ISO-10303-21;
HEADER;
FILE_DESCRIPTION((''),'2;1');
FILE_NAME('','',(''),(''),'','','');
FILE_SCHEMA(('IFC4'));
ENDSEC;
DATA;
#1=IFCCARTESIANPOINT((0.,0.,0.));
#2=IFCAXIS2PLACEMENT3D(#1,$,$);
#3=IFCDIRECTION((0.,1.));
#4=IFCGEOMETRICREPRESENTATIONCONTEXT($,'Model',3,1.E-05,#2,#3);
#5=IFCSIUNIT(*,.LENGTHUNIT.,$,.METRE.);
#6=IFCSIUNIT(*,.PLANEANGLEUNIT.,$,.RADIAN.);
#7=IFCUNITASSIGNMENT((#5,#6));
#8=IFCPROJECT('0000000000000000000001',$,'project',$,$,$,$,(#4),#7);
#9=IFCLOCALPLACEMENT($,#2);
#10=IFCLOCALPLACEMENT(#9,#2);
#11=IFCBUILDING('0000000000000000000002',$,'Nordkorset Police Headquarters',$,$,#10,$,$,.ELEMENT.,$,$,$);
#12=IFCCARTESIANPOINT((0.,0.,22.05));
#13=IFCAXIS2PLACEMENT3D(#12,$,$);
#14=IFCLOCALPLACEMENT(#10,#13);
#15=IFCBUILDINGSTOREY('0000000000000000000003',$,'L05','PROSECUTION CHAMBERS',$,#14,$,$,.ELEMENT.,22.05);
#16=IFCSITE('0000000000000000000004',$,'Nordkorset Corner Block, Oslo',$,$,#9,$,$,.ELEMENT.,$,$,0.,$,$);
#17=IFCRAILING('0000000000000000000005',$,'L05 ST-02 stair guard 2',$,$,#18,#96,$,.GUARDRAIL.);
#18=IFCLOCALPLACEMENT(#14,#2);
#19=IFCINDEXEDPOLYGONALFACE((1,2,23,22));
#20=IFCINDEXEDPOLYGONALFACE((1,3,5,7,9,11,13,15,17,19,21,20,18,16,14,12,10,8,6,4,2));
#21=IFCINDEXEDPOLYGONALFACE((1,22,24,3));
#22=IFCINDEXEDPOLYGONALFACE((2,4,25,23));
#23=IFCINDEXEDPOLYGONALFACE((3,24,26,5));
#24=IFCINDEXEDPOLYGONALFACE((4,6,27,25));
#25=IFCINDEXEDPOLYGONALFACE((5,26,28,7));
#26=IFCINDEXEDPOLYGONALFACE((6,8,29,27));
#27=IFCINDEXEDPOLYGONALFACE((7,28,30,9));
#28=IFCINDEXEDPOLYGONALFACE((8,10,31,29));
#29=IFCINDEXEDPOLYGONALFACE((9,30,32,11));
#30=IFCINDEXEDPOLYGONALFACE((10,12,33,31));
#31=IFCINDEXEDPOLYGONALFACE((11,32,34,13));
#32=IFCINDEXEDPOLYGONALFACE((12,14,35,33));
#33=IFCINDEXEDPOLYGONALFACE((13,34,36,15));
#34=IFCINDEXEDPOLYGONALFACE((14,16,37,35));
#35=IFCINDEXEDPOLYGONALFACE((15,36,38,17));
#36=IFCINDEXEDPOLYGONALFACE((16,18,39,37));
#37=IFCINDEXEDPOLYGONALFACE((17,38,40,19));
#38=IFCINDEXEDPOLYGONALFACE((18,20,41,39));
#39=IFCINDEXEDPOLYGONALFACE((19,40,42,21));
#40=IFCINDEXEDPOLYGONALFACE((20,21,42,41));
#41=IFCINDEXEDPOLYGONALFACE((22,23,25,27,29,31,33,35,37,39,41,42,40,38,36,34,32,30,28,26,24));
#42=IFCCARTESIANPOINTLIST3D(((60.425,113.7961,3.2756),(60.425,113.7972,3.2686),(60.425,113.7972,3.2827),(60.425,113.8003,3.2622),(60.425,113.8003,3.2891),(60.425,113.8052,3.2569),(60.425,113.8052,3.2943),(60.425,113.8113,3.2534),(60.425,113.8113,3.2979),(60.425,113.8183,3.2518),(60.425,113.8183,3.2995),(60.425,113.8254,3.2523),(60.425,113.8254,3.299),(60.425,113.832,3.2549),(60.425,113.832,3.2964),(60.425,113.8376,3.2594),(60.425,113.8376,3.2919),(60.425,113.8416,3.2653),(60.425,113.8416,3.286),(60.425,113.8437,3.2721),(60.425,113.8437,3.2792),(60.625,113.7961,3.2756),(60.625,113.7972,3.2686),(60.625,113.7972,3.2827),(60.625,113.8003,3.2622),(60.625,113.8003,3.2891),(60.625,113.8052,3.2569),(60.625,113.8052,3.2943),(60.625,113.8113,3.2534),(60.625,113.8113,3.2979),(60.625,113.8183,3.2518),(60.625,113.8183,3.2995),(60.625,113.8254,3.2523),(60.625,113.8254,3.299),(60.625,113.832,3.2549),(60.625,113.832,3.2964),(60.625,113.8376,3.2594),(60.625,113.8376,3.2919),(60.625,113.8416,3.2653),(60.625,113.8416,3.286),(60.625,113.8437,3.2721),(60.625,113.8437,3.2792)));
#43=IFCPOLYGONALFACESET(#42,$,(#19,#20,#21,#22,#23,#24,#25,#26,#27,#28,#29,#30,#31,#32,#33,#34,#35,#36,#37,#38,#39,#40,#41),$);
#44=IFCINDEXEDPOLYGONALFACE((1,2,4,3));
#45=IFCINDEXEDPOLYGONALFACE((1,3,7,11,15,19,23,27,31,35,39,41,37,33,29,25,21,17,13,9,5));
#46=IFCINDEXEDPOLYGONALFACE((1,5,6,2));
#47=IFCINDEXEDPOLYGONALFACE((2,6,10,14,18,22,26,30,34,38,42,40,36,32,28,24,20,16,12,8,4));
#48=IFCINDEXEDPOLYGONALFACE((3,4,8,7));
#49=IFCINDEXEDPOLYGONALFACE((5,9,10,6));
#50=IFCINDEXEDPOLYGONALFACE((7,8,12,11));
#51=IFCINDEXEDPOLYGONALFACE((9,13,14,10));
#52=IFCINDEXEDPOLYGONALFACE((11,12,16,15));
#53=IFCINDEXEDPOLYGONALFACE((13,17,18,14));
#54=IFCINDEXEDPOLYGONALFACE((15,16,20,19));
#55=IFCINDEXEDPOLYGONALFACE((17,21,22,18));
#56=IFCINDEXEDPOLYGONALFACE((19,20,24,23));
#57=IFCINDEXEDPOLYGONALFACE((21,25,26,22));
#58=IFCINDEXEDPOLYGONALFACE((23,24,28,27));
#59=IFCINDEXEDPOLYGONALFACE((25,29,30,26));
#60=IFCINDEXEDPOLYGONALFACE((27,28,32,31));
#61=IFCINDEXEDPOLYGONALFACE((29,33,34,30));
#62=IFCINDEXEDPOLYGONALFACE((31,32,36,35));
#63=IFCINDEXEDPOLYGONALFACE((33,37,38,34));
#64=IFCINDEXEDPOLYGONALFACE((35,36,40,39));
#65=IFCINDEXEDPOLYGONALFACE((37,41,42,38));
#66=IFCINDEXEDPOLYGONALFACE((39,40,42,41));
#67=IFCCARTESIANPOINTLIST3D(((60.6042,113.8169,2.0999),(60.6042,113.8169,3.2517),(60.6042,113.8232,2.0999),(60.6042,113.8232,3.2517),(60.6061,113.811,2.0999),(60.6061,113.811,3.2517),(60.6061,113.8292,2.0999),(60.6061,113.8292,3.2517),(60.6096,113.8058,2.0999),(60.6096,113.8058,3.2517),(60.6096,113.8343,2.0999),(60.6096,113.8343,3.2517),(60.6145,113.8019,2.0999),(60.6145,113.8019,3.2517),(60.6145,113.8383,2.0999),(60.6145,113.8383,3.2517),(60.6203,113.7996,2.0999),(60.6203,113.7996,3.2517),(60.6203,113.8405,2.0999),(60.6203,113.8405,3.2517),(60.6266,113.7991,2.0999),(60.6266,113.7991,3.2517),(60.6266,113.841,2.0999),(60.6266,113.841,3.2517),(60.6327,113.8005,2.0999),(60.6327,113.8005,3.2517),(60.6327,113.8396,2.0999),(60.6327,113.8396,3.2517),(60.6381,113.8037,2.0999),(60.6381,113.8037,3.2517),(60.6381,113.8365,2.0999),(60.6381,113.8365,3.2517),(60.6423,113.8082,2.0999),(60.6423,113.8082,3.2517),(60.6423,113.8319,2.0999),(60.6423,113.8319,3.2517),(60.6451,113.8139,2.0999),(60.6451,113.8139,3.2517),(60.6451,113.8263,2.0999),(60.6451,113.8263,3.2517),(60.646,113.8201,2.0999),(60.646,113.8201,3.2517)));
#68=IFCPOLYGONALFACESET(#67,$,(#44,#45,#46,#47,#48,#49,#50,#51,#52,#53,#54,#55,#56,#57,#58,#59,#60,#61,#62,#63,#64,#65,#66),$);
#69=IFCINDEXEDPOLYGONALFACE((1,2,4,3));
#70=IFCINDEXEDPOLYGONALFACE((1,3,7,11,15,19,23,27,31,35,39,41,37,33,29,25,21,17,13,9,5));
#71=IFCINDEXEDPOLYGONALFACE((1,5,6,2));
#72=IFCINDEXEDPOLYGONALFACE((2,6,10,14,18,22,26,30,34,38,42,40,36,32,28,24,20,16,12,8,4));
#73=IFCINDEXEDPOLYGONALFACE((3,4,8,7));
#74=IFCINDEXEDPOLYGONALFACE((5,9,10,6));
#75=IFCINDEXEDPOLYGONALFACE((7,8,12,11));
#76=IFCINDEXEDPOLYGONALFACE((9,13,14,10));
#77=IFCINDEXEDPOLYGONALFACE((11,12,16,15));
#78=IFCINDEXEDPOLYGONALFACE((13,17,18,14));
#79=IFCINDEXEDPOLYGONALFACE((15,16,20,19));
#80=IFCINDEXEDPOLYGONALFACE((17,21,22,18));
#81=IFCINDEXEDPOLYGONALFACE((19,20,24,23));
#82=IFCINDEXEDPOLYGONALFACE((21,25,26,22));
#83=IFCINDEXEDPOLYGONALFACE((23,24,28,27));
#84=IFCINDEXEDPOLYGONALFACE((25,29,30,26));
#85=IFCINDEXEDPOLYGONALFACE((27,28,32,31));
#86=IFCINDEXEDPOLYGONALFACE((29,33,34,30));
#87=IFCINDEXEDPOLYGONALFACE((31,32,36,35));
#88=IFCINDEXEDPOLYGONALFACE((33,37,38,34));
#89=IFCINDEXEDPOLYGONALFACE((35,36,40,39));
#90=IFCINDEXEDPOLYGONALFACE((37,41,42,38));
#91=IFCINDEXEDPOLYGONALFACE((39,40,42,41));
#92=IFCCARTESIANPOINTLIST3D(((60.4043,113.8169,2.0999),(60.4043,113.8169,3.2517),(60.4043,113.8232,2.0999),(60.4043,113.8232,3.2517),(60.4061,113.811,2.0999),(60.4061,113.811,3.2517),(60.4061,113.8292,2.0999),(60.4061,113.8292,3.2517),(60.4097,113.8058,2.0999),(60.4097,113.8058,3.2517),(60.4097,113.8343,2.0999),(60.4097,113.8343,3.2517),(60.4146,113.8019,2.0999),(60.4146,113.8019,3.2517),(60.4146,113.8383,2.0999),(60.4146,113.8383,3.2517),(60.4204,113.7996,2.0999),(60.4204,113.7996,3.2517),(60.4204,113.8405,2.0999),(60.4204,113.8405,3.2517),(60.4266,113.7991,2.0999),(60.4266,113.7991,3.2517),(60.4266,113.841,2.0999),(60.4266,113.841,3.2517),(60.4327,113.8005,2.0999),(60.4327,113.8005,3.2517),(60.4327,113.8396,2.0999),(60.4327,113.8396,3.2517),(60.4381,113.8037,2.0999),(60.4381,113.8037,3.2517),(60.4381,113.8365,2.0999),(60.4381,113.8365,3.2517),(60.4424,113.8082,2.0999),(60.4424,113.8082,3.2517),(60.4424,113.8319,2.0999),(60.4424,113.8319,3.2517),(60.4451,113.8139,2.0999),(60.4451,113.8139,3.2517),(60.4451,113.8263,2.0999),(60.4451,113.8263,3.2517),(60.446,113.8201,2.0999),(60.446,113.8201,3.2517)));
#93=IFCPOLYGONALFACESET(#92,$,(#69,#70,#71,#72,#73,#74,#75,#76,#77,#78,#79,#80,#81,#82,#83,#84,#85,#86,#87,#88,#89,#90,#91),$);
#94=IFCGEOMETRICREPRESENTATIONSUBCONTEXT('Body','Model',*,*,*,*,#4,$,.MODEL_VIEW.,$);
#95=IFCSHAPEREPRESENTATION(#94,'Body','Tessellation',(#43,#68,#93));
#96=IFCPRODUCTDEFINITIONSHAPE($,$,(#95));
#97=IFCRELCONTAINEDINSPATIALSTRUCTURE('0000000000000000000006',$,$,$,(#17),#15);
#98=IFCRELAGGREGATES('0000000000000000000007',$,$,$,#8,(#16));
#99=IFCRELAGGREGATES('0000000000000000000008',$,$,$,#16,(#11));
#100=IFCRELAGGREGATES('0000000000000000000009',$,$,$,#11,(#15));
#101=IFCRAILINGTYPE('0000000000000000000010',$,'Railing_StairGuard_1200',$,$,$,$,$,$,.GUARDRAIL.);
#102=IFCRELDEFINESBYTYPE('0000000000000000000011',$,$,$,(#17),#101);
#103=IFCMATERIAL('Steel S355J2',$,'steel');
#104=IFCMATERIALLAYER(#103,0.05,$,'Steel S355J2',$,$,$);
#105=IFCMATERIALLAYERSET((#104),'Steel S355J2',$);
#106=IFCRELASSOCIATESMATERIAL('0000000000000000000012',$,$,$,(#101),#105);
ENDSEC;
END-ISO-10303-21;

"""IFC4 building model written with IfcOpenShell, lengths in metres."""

from ifc_helpers import new_model, si_unit, direction, frame, origin, origin_2d, place, context, subcontext, project, spatial, circle, extrude, material, layer, layer_set, type_object, element, save


model = new_model("IFC4")

# Units and contexts
model_context = context("Model", 3, precision=1e-05, world=origin(), true_north=direction((0.0, 1.0)))
body_context = subcontext(model_context, "Body", "Model", "MODEL_VIEW")
ifc_project = project(units=[si_unit("LENGTHUNIT", "METRE"), si_unit("PLANEANGLEUNIT", "RADIAN")], contexts=[model_context])

# Site, building, storey
site_placement = place(None, origin())
site = spatial("IfcSite", under=ifc_project, at=site_placement, Name="Nordkorset Corner Block, Oslo", CompositionType="ELEMENT", RefElevation=0.0)
building_placement = place(site_placement, origin())
building = spatial("IfcBuilding", under=site, at=building_placement, Name="Nordkorset Police Headquarters", CompositionType="ELEMENT")
storey_placement = place(building_placement, frame((0.0, 0.0, 22.05)))
storey = spatial("IfcBuildingStorey", under=building, at=storey_placement, Name="L05", Description="PROSECUTION CHAMBERS", CompositionType="ELEMENT", Elevation=22.05)

# Railing
ifc_material_1 = material(Name="Steel S355J2", Category="steel")
ifc_layer_1 = layer(ifc_material_1, 0.05, Name="Steel S355J2")
ifc_layer_set_1 = layer_set([ifc_layer_1], Name="Steel S355J2")
railing_type_1 = type_object("IfcRailingType", Name="Railing_StairGuard_1200", PredefinedType="GUARDRAIL", material=ifc_layer_set_1)
railing_1_placement = place(storey_placement, frame((60.625, 113.8201, 2.0999)))
element("IfcRailing", 1, at=railing_1_placement, inside=storey, type_object=railing_type_1, Name="L05 ST-02 stair guard 2", PredefinedType="GUARDRAIL", context=body_context, shape_type="SweptSolid", body=[
    extrude(circle(Radius=0.0239, at=origin_2d()), frame((0.0, 0.0, 1.1758), z_axis=(-1.0, 0.0, 0.0), x_axis=(0.0, -1.0, 0.0)), (0.0, 0.0, 1.0), 0.2),
    extrude(circle(Radius=0.021, at=origin_2d()), origin(), (0.0, 0.0, 1.0), 1.1519),
    extrude(circle(Radius=0.021, at=origin_2d()), frame((-0.2, 0.0, 0.0)), (0.0, 0.0, 1.0), 1.1519),
])

save(model, "model.ifc")
